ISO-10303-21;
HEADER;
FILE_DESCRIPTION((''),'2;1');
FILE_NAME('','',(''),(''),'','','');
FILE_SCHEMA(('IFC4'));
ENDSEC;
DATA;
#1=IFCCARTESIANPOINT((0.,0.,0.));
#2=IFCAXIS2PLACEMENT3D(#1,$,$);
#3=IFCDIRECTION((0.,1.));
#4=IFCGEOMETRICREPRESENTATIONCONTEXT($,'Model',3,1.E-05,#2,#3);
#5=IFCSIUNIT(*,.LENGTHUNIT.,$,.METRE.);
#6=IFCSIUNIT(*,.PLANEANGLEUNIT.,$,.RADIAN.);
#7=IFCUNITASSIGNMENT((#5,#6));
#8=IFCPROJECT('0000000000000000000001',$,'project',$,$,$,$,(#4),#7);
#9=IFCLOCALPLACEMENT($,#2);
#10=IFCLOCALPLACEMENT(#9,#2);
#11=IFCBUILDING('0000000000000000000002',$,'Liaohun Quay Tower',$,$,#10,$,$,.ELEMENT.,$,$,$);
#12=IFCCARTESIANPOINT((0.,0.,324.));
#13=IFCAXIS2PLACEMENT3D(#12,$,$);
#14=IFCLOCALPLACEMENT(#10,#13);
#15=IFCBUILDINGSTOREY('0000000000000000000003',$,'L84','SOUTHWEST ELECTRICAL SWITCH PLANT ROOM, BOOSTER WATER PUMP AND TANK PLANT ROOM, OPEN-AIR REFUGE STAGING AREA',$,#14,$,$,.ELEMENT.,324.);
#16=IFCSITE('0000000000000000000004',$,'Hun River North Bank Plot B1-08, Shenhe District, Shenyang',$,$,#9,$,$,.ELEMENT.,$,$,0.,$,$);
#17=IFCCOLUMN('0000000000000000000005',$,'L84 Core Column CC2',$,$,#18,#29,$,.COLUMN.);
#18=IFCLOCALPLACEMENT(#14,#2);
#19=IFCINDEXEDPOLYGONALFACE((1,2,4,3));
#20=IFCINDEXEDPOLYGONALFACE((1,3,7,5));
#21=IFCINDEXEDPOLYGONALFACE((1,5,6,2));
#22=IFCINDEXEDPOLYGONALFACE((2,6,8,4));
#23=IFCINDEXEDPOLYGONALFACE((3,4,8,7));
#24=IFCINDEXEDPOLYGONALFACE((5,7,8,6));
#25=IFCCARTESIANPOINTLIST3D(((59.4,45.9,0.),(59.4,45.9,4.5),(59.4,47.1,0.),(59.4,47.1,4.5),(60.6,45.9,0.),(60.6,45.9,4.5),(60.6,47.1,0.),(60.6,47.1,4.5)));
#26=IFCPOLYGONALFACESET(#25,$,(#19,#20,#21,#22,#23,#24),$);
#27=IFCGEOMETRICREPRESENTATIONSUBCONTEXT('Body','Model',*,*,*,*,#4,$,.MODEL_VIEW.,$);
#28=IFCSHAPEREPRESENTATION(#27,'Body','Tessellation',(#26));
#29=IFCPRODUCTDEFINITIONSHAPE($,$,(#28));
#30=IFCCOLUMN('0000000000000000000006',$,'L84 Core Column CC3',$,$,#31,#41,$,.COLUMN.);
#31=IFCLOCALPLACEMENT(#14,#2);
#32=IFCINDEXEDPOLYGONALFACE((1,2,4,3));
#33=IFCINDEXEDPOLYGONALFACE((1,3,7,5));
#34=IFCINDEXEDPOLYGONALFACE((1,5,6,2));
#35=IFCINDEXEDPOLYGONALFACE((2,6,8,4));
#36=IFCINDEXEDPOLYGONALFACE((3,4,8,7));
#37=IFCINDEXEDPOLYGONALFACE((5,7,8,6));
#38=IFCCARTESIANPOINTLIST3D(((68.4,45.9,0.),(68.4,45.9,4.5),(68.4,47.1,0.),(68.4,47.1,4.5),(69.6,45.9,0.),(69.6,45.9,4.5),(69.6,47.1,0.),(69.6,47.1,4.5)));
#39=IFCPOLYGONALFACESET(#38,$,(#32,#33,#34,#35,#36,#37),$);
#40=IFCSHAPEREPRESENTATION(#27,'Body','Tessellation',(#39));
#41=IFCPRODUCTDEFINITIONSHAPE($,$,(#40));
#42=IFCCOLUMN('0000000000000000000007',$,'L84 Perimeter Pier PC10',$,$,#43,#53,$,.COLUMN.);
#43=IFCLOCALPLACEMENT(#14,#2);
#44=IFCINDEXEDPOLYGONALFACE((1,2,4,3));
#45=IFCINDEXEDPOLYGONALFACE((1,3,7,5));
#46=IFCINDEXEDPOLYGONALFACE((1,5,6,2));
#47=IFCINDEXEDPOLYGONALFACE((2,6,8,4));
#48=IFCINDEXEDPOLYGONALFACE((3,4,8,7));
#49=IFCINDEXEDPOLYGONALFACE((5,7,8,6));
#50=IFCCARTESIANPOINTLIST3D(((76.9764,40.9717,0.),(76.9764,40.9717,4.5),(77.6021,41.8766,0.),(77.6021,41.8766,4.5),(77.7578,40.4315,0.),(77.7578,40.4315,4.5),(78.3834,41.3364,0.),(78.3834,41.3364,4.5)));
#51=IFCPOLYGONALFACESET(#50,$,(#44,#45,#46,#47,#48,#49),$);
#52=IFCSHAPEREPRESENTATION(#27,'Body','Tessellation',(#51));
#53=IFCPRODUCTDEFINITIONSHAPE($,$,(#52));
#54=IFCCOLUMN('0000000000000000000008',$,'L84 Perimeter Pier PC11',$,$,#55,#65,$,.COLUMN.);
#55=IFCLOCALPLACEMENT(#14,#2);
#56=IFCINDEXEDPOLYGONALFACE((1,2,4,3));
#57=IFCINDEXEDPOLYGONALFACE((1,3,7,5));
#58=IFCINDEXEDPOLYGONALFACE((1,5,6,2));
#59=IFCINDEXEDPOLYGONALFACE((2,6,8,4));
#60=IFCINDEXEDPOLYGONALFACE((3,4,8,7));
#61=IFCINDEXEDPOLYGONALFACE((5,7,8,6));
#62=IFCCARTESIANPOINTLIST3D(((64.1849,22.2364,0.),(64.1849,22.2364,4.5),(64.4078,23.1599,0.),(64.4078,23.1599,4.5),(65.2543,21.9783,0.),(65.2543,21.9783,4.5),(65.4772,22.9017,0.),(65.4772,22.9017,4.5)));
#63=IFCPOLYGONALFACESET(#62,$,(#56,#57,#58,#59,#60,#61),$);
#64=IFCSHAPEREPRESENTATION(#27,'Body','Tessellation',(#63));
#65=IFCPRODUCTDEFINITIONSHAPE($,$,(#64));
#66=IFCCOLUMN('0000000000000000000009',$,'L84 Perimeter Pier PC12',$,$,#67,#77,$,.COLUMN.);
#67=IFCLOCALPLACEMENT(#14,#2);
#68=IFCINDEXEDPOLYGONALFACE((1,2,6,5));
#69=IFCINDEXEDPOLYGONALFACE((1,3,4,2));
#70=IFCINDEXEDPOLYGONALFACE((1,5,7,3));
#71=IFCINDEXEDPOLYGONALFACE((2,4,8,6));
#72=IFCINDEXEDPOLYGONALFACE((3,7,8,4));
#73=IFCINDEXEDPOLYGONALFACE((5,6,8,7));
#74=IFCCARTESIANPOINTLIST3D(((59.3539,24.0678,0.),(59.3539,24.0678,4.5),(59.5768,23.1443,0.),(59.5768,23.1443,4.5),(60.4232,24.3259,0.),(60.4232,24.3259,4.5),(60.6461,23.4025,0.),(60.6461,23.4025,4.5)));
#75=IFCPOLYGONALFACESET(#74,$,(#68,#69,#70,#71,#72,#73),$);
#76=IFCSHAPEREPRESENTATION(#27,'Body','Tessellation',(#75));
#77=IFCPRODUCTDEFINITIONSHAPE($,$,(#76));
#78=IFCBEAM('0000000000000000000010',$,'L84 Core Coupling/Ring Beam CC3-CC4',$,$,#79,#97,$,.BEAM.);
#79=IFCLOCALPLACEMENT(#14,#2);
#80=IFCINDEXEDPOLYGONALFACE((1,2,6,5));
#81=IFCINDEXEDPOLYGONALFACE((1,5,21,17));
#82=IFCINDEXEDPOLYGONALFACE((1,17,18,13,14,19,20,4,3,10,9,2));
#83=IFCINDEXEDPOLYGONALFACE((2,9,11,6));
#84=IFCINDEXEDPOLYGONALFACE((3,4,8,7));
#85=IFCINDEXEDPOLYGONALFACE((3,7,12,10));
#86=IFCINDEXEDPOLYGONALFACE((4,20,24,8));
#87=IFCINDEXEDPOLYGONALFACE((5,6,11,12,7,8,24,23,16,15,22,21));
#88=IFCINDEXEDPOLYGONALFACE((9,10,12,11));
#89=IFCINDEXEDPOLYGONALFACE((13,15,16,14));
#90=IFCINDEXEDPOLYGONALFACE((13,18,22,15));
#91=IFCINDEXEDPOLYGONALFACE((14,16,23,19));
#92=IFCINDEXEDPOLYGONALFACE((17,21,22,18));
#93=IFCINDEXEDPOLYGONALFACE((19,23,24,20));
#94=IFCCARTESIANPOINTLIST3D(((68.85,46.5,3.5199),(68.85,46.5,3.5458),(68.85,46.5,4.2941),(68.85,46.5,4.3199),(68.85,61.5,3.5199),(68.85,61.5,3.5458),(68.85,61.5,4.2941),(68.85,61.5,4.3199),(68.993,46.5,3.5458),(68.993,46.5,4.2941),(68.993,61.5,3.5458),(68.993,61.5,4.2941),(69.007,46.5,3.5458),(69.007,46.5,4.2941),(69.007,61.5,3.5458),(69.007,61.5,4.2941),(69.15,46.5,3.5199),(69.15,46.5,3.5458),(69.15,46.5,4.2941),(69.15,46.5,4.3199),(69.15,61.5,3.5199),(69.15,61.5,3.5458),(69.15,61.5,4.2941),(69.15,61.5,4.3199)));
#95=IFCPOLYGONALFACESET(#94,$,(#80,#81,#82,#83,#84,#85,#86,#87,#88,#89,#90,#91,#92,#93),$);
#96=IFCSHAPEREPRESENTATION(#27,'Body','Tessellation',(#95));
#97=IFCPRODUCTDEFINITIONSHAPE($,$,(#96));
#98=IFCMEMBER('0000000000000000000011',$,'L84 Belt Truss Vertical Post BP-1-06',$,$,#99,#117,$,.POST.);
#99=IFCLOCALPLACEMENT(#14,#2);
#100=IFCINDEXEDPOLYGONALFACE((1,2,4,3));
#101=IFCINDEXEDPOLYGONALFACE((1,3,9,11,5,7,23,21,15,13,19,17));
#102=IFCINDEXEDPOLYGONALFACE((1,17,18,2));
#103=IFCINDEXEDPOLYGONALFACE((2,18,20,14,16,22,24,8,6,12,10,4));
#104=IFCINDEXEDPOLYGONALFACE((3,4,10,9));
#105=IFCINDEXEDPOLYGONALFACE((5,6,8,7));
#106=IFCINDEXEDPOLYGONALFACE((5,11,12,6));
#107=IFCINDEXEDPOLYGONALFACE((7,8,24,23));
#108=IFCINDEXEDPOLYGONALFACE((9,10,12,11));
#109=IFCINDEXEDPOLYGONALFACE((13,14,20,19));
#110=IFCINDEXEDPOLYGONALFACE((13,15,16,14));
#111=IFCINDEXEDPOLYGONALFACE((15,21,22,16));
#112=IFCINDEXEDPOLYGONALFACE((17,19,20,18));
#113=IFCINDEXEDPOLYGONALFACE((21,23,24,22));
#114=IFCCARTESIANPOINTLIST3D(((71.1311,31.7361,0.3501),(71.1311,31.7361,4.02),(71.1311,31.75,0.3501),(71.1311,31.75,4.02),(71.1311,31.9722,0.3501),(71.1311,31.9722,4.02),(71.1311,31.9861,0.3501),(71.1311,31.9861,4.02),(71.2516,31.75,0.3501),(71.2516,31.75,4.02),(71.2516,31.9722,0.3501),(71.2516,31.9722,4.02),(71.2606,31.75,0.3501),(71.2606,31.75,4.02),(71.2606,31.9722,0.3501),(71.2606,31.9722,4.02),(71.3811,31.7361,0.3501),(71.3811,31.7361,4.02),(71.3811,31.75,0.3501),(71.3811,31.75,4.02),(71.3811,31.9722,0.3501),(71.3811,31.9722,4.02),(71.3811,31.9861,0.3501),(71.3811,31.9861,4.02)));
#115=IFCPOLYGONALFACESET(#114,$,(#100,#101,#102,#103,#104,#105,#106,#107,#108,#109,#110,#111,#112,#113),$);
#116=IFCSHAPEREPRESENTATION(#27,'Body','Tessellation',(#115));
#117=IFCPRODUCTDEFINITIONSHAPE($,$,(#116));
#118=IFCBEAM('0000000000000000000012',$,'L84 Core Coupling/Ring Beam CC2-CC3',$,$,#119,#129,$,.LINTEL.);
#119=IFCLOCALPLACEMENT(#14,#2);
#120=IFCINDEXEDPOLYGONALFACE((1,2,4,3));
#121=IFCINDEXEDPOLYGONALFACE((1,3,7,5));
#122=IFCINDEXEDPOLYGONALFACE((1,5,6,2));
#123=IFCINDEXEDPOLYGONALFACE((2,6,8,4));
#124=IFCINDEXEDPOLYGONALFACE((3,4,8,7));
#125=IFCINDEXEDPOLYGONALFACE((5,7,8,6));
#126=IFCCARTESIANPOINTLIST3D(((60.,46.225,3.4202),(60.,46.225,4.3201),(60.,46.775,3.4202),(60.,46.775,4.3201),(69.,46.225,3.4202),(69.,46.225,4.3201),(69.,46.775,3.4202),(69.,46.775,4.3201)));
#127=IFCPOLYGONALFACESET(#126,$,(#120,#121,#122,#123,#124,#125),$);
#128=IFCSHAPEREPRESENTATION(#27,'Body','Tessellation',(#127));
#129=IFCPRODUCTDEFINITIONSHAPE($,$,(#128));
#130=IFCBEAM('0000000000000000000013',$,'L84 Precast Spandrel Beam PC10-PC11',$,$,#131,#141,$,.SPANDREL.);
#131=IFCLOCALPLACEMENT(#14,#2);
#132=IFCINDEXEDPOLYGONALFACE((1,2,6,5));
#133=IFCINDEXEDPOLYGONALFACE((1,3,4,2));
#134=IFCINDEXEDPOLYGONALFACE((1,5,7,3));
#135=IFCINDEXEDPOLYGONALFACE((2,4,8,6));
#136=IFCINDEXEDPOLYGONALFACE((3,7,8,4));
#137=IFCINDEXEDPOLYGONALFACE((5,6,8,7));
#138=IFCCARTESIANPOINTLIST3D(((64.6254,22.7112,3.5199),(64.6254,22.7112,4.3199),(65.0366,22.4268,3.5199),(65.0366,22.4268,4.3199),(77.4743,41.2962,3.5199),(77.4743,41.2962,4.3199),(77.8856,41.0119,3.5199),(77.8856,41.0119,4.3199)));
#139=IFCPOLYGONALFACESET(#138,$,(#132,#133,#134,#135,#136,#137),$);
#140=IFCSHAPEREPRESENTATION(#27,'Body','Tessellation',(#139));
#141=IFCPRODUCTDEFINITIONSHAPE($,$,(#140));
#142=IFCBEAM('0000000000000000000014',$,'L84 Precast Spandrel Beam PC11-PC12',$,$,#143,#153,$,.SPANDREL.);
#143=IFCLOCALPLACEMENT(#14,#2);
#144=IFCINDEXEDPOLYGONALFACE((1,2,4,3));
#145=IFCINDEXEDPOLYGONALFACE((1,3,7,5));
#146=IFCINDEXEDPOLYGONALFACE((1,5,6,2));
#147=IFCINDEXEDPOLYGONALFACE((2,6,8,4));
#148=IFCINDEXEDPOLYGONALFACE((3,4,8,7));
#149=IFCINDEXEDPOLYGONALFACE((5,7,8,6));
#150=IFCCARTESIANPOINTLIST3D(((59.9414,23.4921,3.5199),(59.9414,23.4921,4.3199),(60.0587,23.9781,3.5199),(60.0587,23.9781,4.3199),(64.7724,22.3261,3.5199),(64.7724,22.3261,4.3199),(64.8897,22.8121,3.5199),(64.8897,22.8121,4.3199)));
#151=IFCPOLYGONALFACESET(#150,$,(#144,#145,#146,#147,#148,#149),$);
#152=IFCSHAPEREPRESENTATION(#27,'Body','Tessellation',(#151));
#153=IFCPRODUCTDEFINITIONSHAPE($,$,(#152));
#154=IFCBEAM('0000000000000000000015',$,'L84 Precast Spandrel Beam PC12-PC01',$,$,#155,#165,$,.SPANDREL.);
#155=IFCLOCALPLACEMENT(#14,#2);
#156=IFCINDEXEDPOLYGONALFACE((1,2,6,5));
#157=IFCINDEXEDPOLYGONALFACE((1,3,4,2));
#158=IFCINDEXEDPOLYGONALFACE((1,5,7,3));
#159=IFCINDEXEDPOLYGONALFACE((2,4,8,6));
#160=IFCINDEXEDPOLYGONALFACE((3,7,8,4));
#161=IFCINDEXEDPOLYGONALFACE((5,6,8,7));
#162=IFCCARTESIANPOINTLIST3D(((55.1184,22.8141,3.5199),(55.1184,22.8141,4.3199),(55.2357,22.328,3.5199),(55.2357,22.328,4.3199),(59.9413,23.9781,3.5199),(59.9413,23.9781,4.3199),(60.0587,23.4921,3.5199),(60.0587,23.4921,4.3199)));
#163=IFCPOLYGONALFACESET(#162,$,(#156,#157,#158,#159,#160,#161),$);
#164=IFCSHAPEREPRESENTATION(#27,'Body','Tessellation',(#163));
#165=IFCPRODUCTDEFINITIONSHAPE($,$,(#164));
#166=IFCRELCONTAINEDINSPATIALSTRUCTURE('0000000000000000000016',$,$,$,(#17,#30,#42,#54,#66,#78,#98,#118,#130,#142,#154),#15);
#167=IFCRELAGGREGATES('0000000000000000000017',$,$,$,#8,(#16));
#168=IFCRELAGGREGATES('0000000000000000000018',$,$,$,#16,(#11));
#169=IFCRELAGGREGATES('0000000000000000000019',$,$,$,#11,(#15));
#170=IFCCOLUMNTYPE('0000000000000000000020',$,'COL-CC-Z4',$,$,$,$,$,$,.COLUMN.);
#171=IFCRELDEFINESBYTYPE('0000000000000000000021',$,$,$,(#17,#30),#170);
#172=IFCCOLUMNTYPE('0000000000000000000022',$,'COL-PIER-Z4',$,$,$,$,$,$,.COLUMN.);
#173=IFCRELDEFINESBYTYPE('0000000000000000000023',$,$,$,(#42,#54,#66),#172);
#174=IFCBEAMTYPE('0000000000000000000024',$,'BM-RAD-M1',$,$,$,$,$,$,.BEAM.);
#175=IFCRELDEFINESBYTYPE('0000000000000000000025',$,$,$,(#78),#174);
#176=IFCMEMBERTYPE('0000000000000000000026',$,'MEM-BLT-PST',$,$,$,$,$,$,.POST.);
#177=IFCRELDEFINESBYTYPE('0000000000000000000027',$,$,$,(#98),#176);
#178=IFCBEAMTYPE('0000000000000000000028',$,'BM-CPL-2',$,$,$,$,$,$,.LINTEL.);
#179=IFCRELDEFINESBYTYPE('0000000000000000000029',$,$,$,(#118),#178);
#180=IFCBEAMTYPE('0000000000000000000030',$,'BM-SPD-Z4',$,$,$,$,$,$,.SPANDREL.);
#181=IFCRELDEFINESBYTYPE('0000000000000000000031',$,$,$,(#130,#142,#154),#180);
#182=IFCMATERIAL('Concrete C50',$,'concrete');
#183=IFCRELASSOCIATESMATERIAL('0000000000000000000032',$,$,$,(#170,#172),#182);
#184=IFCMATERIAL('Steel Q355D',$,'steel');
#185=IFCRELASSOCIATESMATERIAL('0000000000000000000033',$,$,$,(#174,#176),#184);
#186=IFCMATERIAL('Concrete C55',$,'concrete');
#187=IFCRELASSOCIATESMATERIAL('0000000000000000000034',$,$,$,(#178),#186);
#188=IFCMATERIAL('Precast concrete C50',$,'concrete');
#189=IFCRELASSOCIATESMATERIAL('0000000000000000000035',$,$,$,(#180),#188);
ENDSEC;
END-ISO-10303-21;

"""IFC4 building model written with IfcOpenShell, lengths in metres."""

from ifc_helpers import new_model, si_unit, direction, frame, origin, origin_2d, place, context, subcontext, project, spatial, rectangle, i_section, extrude, source, transform, mapped, material, material_profile, profile_set, type_object, element, save


model = new_model("IFC4")

# Units and contexts
model_context = context("Model", 3, precision=1e-05, world=origin(), true_north=direction((0.0, 1.0)))
body_context = subcontext(model_context, "Body", "Model", "MODEL_VIEW")
ifc_project = project(units=[si_unit("LENGTHUNIT", "METRE"), si_unit("PLANEANGLEUNIT", "RADIAN")], contexts=[model_context])

# Site, building, storey
site_placement = place(None, origin())
site = spatial("IfcSite", under=ifc_project, at=site_placement, Name="Hun River North Bank Plot B1-08, Shenhe District, Shenyang", CompositionType="ELEMENT", RefElevation=0.0)
building_placement = place(site_placement, origin())
building = spatial("IfcBuilding", under=site, at=building_placement, Name="Liaohun Quay Tower", CompositionType="ELEMENT")
storey_placement = place(building_placement, frame((0.0, 0.0, 324.0)))
storey = spatial("IfcBuildingStorey", under=building, at=storey_placement, Name="L84", Description="SOUTHWEST ELECTRICAL SWITCH PLANT ROOM, BOOSTER WATER PUMP AND TANK PLANT ROOM, OPEN-AIR REFUGE STAGING AREA", CompositionType="ELEMENT", Elevation=324.0)

# Columns
ifc_material_1 = material(Name="Concrete C50", Category="concrete")
ifc_material_profile_1 = material_profile(ifc_material_1, rectangle(XDim=1.2, YDim=1.2, at=origin_2d()), Name="RC1200x1200")
ifc_profile_set_1 = profile_set([ifc_material_profile_1], Name="Concrete C50")
column_type_1 = type_object("IfcColumnType", Name="COL-CC-Z4", PredefinedType="COLUMN", material=ifc_profile_set_1)
shared_shape_1 = source(origin(), body_context, "Body", "SweptSolid", [
    extrude(rectangle(XDim=1.2, YDim=1.2, at=origin_2d()), origin(), (0.0, 0.0, 1.0), 4.5),
])
for number, where, z_axis, x_axis, name in (
    (1, (60.0, 46.5, 0.0), (0.0, 0.0, 1.0), (1.0, 0.0, 0.0), "L84 Core Column CC2"),
    (2, (69.0, 46.5, 0.0), (0.0, 0.0, 1.0), (1.0, 0.0, 0.0), "L84 Core Column CC3"),
):
    element("IfcColumn", number, at=place(storey_placement, frame(where, z_axis=z_axis, x_axis=x_axis)), inside=storey, type_object=column_type_1, Name=name, PredefinedType="COLUMN", context=body_context, shape_type="MappedRepresentation", body=[
        mapped(shared_shape_1, transform((0.0, 0.0, 0.0), x_axis=(1.0, 0.0, 0.0), y_axis=(0.0, 1.0, 0.0), z_axis=(0.0, 0.0, 1.0), scale=1.0)),
    ])
ifc_material_profile_2 = material_profile(ifc_material_1, rectangle(XDim=1.1001, YDim=0.95, at=origin_2d()), Name="RC1100x950")
ifc_profile_set_2 = profile_set([ifc_material_profile_2], Name="Concrete C50")
column_type_2 = type_object("IfcColumnType", Name="COL-PIER-Z4", PredefinedType="COLUMN", material=ifc_profile_set_2)
shared_shape_2 = source(origin(), body_context, "Body", "SweptSolid", [
    extrude(rectangle(XDim=1.1001, YDim=0.95, at=origin_2d()), origin(), (0.0, 0.0, 1.0), 4.5),
])
for number, where, z_axis, x_axis, name in (
    (3, (77.6799, 41.1541, 0.0), (0.0, 0.0, 1.0), (0.568705, 0.822541, 0.0), "L84 Perimeter Pier PC10"),
    (4, (64.8311, 22.5691, 0.0), (0.0, 0.0, 1.0), (-0.972084, 0.234633, 0.0), "L84 Perimeter Pier PC11"),
    (5, (60.0, 23.7351, 0.0), (0.0, 0.0, 1.0), (0.972084, 0.234633, 0.0), "L84 Perimeter Pier PC12"),
):
    element("IfcColumn", number, at=place(storey_placement, frame(where, z_axis=z_axis, x_axis=x_axis)), inside=storey, type_object=column_type_2, Name=name, PredefinedType="COLUMN", context=body_context, shape_type="MappedRepresentation", body=[
        mapped(shared_shape_2, transform((0.0, 0.0, 0.0), x_axis=(1.0, 0.0, 0.0), y_axis=(0.0, 1.0, 0.0), z_axis=(0.0, 0.0, 1.0), scale=1.0)),
    ])

# Beam
ifc_material_2 = material(Name="Steel Q355D", Category="steel")
ifc_material_profile_3 = material_profile(ifc_material_2, i_section(OverallWidth=0.3, OverallDepth=0.8, WebThickness=0.0139, FlangeThickness=0.0259, at=origin_2d()), Name="HN800x300x14x26")
ifc_profile_set_3 = profile_set([ifc_material_profile_3], Name="Steel Q355D")
beam_type_1 = type_object("IfcBeamType", Name="BM-RAD-M1", PredefinedType="BEAM", material=ifc_profile_set_3)
shared_shape_3 = source(origin(), body_context, "Body", "SweptSolid", [
    extrude(i_section(OverallWidth=0.3, OverallDepth=0.8, WebThickness=0.0139, FlangeThickness=0.0259, at=origin_2d()), origin(), (0.0, 0.0, 1.0), 15.0),
])
beam_1_placement = place(storey_placement, frame((69.0, 46.5, 3.9199), z_axis=(0.0, 1.0, 0.0), x_axis=(-1.0, 0.0, 0.0)))
element("IfcBeam", 6, at=beam_1_placement, inside=storey, type_object=beam_type_1, Name="L84 Core Coupling/Ring Beam CC3-CC4", PredefinedType="BEAM", context=body_context, shape_type="MappedRepresentation", body=[
    mapped(shared_shape_3, transform((0.0, 0.0, 0.0), x_axis=(1.0, 0.0, 0.0), y_axis=(0.0, 1.0, 0.0), z_axis=(0.0, 0.0, 1.0), scale=1.0)),
])

# Member
ifc_material_profile_4 = material_profile(ifc_material_2, i_section(OverallWidth=0.25, OverallDepth=0.25, WebThickness=0.009, FlangeThickness=0.0139, at=origin_2d()), Name="HW250x250x9x14")
ifc_profile_set_4 = profile_set([ifc_material_profile_4], Name="Steel Q355D")
member_type_1 = type_object("IfcMemberType", Name="MEM-BLT-PST", PredefinedType="POST", material=ifc_profile_set_4)
shared_shape_4 = source(origin(), body_context, "Body", "SweptSolid", [
    extrude(i_section(OverallWidth=0.25, OverallDepth=0.25, WebThickness=0.009, FlangeThickness=0.0139, at=origin_2d()), origin(), (0.0, 0.0, 1.0), 3.6699),
])
member_1_placement = place(storey_placement, frame((71.2561, 31.8611, 0.3501), z_axis=(0.0, 0.0, 1.0), x_axis=(1.0, 0.0, 0.0)))
element("IfcMember", 7, at=member_1_placement, inside=storey, type_object=member_type_1, Name="L84 Belt Truss Vertical Post BP-1-06", PredefinedType="POST", context=body_context, shape_type="MappedRepresentation", body=[
    mapped(shared_shape_4, transform((0.0, 0.0, 0.0), x_axis=(1.0, 0.0, 0.0), y_axis=(0.0, 1.0, 0.0), z_axis=(0.0, 0.0, 1.0), scale=1.0)),
])

# Beams
ifc_material_3 = material(Name="Concrete C55", Category="concrete")
ifc_material_profile_5 = material_profile(ifc_material_3, rectangle(XDim=0.55, YDim=0.8999, at=origin_2d()), Name="RC550x900")
ifc_profile_set_5 = profile_set([ifc_material_profile_5], Name="Concrete C55")
beam_type_2 = type_object("IfcBeamType", Name="BM-CPL-2", PredefinedType="LINTEL", material=ifc_profile_set_5)
shared_shape_5 = source(origin(), body_context, "Body", "SweptSolid", [
    extrude(rectangle(XDim=0.55, YDim=0.8999, at=origin_2d()), origin(), (0.0, 0.0, 1.0), 9.0),
])
beam_2_placement = place(storey_placement, frame((60.0, 46.5, 3.8701), z_axis=(1.0, 0.0, 0.0), x_axis=(0.0, 1.0, 0.0)))
element("IfcBeam", 8, at=beam_2_placement, inside=storey, type_object=beam_type_2, Name="L84 Core Coupling/Ring Beam CC2-CC3", PredefinedType="LINTEL", context=body_context, shape_type="MappedRepresentation", body=[
    mapped(shared_shape_5, transform((0.0, 0.0, 0.0), x_axis=(1.0, 0.0, 0.0), y_axis=(0.0, 1.0, 0.0), z_axis=(0.0, 0.0, 1.0), scale=1.0)),
])
ifc_material_4 = material(Name="Precast concrete C50", Category="concrete")
ifc_material_profile_6 = material_profile(ifc_material_4, rectangle(XDim=0.5, YDim=0.8, at=origin_2d()), Name="RC500x800")
ifc_profile_set_6 = profile_set([ifc_material_profile_6], Name="Precast concrete C50")
beam_type_3 = type_object("IfcBeamType", Name="BM-SPD-Z4", PredefinedType="SPANDREL", material=ifc_profile_set_6)
shared_shape_6 = source(origin(), body_context, "Body", "SweptSolid", [
    extrude(rectangle(XDim=0.5, YDim=0.8, at=origin_2d()), origin(), (0.0, 0.0, 1.0), 22.5942),
])
beam_3_placement = place(storey_placement, frame((77.6799, 41.1541, 3.9199), z_axis=(-0.568682, -0.822557, 0.0), x_axis=(0.822557, -0.568682, 0.0)))
element("IfcBeam", 9, at=beam_3_placement, inside=storey, type_object=beam_type_3, Name="L84 Precast Spandrel Beam PC10-PC11", PredefinedType="SPANDREL", context=body_context, shape_type="MappedRepresentation", body=[
    mapped(shared_shape_6, transform((0.0, 0.0, 0.0), x_axis=(1.0, 0.0, 0.0), y_axis=(0.0, 1.0, 0.0), z_axis=(0.0, 0.0, 1.0), scale=1.0)),
])
shared_shape_7 = source(origin(), body_context, "Body", "SweptSolid", [
    extrude(rectangle(XDim=0.5, YDim=0.8, at=origin_2d()), origin(), (0.0, 0.0, 1.0), 4.9697),
])
beam_4_placement = place(storey_placement, frame((64.8311, 22.5691, 3.9199), z_axis=(-0.972087, 0.234621, 0.0), x_axis=(-0.234621, -0.972087, 0.0)))
element("IfcBeam", 10, at=beam_4_placement, inside=storey, type_object=beam_type_3, Name="L84 Precast Spandrel Beam PC11-PC12", PredefinedType="SPANDREL", context=body_context, shape_type="MappedRepresentation", body=[
    mapped(shared_shape_7, transform((0.0, 0.0, 0.0), x_axis=(1.0, 0.0, 0.0), y_axis=(0.0, 1.0, 0.0), z_axis=(0.0, 0.0, 1.0), scale=1.0)),
])
shared_shape_8 = source(origin(), body_context, "Body", "SweptSolid", [
    extrude(rectangle(XDim=0.5, YDim=0.8, at=origin_2d()), origin(), (0.0, 0.0, 1.0), 4.9614),
])
beam_5_placement = place(storey_placement, frame((60.0, 23.7351, 3.9199), z_axis=(-0.972087, -0.23462, 0.0), x_axis=(0.23462, -0.972087, 0.0)))
element("IfcBeam", 11, at=beam_5_placement, inside=storey, type_object=beam_type_3, Name="L84 Precast Spandrel Beam PC12-PC01", PredefinedType="SPANDREL", context=body_context, shape_type="MappedRepresentation", body=[
    mapped(shared_shape_8, transform((0.0, 0.0, 0.0), x_axis=(1.0, 0.0, 0.0), y_axis=(0.0, 1.0, 0.0), z_axis=(0.0, 0.0, 1.0), scale=1.0)),
])

save(model, "model.ifc")
